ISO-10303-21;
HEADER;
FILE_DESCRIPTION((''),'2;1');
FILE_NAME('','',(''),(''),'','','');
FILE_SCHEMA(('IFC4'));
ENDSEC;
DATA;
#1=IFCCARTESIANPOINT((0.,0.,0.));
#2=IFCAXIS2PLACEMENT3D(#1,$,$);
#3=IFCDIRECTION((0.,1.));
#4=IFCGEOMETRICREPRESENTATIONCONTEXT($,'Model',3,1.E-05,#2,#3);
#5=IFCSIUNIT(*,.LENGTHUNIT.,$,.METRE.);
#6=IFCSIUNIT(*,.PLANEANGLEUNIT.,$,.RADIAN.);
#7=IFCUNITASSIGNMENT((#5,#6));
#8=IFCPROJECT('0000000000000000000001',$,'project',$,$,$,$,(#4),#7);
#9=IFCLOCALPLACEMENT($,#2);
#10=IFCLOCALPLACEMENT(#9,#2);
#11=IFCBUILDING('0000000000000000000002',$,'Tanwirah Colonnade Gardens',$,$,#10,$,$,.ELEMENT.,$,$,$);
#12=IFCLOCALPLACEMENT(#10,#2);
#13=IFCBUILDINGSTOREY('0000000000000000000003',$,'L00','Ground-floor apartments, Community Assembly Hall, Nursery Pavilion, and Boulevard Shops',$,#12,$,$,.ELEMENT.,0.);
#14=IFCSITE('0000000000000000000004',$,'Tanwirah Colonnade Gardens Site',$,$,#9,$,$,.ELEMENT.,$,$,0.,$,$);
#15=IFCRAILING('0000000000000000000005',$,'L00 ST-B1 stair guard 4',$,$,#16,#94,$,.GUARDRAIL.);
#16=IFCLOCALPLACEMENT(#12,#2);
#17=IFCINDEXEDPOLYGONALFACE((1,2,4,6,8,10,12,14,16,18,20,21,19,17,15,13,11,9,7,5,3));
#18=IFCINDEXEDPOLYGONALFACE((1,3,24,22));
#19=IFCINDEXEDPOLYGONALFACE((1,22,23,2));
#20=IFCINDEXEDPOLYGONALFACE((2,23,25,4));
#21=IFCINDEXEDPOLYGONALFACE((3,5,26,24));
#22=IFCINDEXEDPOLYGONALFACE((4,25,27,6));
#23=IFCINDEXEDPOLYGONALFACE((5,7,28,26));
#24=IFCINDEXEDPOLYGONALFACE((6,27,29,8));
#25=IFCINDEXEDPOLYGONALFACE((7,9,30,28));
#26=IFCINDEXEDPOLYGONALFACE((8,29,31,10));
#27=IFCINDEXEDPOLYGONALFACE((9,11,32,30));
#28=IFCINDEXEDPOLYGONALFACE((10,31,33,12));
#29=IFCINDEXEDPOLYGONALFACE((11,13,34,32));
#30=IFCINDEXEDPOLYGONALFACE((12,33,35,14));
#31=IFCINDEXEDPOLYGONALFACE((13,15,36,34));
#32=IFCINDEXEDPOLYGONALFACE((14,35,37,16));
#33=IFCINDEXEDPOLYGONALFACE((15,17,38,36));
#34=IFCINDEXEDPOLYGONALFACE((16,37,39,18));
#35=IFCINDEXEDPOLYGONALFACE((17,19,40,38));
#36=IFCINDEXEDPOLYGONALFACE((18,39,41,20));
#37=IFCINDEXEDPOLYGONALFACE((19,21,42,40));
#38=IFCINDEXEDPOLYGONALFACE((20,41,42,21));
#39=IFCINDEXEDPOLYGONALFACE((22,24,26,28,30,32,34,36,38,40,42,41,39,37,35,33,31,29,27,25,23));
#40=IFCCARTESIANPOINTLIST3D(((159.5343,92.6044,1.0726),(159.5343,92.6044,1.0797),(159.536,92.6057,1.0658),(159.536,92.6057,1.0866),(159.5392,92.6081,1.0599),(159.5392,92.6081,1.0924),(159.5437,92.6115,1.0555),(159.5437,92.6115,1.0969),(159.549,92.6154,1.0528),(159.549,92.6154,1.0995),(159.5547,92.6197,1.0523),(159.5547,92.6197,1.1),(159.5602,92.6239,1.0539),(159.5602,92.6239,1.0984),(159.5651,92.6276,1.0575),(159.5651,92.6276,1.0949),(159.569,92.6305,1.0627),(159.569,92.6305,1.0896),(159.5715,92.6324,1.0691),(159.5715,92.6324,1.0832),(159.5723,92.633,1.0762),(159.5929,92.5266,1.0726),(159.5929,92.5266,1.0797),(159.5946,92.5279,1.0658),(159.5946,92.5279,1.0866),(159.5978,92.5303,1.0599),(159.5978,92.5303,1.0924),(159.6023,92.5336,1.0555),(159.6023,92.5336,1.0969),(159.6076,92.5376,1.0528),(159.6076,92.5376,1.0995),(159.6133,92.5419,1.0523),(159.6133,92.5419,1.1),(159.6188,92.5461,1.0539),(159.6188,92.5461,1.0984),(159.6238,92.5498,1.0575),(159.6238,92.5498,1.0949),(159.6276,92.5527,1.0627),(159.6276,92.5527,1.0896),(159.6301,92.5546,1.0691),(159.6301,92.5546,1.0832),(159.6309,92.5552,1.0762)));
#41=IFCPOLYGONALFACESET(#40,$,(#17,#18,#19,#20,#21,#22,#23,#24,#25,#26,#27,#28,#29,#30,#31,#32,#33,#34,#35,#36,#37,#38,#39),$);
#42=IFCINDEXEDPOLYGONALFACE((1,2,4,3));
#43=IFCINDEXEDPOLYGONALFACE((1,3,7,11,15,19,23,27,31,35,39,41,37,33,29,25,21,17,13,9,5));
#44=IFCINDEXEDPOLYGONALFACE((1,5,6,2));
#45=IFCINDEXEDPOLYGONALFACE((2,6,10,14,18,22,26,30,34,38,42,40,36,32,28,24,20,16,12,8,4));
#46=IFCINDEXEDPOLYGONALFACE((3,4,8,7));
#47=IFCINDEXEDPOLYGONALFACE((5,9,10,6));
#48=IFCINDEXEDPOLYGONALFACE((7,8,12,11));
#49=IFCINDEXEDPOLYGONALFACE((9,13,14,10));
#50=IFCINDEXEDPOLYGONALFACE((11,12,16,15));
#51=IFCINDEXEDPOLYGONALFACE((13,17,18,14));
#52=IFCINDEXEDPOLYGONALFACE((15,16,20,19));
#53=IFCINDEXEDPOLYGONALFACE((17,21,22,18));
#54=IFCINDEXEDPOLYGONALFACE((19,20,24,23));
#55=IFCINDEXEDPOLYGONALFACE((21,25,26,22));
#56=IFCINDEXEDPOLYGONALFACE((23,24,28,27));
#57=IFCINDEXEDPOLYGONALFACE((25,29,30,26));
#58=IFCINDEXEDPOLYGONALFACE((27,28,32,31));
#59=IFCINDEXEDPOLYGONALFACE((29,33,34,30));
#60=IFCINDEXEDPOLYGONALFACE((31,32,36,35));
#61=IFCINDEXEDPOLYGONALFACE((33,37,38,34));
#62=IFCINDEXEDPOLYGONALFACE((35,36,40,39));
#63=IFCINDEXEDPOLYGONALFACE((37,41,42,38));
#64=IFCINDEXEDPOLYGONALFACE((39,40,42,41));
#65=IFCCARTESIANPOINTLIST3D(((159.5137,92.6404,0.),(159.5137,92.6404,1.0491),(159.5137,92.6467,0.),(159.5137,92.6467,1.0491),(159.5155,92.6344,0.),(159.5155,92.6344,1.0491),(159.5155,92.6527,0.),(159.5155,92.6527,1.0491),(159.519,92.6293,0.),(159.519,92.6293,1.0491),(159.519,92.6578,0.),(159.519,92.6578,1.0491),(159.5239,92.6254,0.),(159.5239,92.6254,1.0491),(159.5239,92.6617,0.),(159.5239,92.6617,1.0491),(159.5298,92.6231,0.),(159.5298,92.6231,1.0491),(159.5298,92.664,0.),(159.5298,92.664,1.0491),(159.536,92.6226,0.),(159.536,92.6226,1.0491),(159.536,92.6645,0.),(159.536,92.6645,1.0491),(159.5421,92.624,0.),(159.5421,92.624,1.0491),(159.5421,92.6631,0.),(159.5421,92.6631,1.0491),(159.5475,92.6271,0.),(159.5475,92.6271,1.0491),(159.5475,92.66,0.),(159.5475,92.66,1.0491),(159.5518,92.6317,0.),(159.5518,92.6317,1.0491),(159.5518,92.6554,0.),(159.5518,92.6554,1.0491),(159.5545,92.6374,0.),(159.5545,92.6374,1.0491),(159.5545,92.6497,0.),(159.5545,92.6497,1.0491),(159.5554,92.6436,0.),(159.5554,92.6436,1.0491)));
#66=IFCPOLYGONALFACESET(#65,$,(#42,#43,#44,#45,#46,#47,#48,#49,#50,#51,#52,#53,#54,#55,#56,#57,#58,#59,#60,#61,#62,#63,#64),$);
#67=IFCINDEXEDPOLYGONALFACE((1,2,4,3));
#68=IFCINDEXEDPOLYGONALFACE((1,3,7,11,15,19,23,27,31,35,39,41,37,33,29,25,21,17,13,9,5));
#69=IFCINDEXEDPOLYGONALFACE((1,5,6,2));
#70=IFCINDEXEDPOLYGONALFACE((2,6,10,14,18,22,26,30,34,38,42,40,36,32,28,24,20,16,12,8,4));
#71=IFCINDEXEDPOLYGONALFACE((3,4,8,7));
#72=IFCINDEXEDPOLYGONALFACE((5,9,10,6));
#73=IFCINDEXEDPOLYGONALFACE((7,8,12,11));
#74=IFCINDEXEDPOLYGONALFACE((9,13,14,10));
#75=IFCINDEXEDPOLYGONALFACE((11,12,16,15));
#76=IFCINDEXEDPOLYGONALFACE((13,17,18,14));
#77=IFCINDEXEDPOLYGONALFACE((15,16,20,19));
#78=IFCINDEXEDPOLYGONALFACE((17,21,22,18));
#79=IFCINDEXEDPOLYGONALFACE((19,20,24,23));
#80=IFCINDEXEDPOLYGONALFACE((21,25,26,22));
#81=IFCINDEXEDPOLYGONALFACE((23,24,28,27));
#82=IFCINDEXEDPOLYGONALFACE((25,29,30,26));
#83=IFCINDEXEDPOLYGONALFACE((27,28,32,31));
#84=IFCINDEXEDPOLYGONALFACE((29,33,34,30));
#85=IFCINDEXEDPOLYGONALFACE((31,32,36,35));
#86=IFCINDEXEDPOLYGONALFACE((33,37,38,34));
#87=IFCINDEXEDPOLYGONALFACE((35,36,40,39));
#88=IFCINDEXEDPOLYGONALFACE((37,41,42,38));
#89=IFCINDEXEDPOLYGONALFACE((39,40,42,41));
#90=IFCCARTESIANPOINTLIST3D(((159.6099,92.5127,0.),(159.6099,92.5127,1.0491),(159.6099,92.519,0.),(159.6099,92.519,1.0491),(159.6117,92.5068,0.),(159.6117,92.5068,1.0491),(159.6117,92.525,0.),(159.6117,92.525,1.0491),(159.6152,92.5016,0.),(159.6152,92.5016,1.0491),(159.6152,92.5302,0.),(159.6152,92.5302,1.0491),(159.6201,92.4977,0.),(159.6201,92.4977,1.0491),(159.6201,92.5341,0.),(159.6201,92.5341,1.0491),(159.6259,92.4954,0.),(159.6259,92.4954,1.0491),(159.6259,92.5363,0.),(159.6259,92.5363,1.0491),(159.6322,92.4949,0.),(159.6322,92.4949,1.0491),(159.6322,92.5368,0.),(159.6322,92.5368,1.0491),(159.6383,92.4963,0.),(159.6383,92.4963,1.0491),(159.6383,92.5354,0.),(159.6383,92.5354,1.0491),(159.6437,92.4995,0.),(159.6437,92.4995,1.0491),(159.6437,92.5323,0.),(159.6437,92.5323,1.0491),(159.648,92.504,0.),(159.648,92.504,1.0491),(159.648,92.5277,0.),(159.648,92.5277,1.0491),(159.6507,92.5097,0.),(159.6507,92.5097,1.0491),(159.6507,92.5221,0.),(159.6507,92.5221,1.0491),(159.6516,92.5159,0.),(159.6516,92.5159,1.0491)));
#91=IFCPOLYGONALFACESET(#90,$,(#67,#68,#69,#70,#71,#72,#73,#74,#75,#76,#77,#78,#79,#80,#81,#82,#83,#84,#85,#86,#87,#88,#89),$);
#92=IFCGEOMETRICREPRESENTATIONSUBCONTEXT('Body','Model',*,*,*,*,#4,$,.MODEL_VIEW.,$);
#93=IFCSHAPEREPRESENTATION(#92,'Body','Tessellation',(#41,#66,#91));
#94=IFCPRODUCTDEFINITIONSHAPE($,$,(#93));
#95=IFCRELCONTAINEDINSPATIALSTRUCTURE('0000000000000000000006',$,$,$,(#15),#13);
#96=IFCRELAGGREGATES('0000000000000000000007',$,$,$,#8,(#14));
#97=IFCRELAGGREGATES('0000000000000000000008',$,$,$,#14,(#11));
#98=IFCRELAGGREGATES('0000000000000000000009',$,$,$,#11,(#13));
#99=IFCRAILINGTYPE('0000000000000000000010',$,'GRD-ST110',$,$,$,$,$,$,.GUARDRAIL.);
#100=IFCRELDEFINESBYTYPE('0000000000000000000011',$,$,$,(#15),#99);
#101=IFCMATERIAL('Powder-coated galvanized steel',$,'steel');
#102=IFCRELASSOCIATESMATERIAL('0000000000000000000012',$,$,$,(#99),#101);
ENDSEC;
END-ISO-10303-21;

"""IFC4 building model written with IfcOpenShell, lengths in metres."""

from ifc_helpers import new_model, si_unit, direction, frame, origin, origin_2d, place, context, subcontext, project, spatial, circle, extrude, material, type_object, element, save


model = new_model("IFC4")

# Units and contexts
model_context = context("Model", 3, precision=1e-05, world=origin(), true_north=direction((0.0, 1.0)))
body_context = subcontext(model_context, "Body", "Model", "MODEL_VIEW")
ifc_project = project(units=[si_unit("LENGTHUNIT", "METRE"), si_unit("PLANEANGLEUNIT", "RADIAN")], contexts=[model_context])

# Site, building, storey
site_placement = place(None, origin())
site = spatial("IfcSite", under=ifc_project, at=site_placement, Name="Tanwirah Colonnade Gardens Site", CompositionType="ELEMENT", RefElevation=0.0)
building_placement = place(site_placement, origin())
building = spatial("IfcBuilding", under=site, at=building_placement, Name="Tanwirah Colonnade Gardens", CompositionType="ELEMENT")
storey_placement = place(building_placement, origin())
storey = spatial("IfcBuildingStorey", under=building, at=storey_placement, Name="L00", Description="Ground-floor apartments, Community Assembly Hall, Nursery Pavilion, and Boulevard Shops", CompositionType="ELEMENT", Elevation=0.0)

# Railing
ifc_material_1 = material(Name="Powder-coated galvanized steel", Category="steel")
railing_type = type_object("IfcRailingType", Name="GRD-ST110", PredefinedType="GUARDRAIL", material=ifc_material_1)
railing_1_placement = place(storey_placement, frame((159.5344, 92.6436, 0.0)))
element("IfcRailing", 1, at=railing_1_placement, inside=storey, type_object=railing_type, Name="L00 ST-B1 stair guard 4", PredefinedType="GUARDRAIL", context=body_context, shape_type="SweptSolid", body=[
    extrude(circle(Radius=0.0239, at=origin_2d()), frame((0.0188, -0.0249, 1.0762), z_axis=(0.601709, -0.798715, 0.0), x_axis=(0.798715, 0.601709, 0.0)), (0.0, 0.0, 1.0), 0.0974),
    extrude(circle(Radius=0.021, at=origin_2d()), origin(), (0.0, 0.0, 1.0), 1.0491),
    extrude(circle(Radius=0.021, at=origin_2d()), frame((0.0962, -0.1277, 0.0)), (0.0, 0.0, 1.0), 1.0491),
])

save(model, "model.ifc")
